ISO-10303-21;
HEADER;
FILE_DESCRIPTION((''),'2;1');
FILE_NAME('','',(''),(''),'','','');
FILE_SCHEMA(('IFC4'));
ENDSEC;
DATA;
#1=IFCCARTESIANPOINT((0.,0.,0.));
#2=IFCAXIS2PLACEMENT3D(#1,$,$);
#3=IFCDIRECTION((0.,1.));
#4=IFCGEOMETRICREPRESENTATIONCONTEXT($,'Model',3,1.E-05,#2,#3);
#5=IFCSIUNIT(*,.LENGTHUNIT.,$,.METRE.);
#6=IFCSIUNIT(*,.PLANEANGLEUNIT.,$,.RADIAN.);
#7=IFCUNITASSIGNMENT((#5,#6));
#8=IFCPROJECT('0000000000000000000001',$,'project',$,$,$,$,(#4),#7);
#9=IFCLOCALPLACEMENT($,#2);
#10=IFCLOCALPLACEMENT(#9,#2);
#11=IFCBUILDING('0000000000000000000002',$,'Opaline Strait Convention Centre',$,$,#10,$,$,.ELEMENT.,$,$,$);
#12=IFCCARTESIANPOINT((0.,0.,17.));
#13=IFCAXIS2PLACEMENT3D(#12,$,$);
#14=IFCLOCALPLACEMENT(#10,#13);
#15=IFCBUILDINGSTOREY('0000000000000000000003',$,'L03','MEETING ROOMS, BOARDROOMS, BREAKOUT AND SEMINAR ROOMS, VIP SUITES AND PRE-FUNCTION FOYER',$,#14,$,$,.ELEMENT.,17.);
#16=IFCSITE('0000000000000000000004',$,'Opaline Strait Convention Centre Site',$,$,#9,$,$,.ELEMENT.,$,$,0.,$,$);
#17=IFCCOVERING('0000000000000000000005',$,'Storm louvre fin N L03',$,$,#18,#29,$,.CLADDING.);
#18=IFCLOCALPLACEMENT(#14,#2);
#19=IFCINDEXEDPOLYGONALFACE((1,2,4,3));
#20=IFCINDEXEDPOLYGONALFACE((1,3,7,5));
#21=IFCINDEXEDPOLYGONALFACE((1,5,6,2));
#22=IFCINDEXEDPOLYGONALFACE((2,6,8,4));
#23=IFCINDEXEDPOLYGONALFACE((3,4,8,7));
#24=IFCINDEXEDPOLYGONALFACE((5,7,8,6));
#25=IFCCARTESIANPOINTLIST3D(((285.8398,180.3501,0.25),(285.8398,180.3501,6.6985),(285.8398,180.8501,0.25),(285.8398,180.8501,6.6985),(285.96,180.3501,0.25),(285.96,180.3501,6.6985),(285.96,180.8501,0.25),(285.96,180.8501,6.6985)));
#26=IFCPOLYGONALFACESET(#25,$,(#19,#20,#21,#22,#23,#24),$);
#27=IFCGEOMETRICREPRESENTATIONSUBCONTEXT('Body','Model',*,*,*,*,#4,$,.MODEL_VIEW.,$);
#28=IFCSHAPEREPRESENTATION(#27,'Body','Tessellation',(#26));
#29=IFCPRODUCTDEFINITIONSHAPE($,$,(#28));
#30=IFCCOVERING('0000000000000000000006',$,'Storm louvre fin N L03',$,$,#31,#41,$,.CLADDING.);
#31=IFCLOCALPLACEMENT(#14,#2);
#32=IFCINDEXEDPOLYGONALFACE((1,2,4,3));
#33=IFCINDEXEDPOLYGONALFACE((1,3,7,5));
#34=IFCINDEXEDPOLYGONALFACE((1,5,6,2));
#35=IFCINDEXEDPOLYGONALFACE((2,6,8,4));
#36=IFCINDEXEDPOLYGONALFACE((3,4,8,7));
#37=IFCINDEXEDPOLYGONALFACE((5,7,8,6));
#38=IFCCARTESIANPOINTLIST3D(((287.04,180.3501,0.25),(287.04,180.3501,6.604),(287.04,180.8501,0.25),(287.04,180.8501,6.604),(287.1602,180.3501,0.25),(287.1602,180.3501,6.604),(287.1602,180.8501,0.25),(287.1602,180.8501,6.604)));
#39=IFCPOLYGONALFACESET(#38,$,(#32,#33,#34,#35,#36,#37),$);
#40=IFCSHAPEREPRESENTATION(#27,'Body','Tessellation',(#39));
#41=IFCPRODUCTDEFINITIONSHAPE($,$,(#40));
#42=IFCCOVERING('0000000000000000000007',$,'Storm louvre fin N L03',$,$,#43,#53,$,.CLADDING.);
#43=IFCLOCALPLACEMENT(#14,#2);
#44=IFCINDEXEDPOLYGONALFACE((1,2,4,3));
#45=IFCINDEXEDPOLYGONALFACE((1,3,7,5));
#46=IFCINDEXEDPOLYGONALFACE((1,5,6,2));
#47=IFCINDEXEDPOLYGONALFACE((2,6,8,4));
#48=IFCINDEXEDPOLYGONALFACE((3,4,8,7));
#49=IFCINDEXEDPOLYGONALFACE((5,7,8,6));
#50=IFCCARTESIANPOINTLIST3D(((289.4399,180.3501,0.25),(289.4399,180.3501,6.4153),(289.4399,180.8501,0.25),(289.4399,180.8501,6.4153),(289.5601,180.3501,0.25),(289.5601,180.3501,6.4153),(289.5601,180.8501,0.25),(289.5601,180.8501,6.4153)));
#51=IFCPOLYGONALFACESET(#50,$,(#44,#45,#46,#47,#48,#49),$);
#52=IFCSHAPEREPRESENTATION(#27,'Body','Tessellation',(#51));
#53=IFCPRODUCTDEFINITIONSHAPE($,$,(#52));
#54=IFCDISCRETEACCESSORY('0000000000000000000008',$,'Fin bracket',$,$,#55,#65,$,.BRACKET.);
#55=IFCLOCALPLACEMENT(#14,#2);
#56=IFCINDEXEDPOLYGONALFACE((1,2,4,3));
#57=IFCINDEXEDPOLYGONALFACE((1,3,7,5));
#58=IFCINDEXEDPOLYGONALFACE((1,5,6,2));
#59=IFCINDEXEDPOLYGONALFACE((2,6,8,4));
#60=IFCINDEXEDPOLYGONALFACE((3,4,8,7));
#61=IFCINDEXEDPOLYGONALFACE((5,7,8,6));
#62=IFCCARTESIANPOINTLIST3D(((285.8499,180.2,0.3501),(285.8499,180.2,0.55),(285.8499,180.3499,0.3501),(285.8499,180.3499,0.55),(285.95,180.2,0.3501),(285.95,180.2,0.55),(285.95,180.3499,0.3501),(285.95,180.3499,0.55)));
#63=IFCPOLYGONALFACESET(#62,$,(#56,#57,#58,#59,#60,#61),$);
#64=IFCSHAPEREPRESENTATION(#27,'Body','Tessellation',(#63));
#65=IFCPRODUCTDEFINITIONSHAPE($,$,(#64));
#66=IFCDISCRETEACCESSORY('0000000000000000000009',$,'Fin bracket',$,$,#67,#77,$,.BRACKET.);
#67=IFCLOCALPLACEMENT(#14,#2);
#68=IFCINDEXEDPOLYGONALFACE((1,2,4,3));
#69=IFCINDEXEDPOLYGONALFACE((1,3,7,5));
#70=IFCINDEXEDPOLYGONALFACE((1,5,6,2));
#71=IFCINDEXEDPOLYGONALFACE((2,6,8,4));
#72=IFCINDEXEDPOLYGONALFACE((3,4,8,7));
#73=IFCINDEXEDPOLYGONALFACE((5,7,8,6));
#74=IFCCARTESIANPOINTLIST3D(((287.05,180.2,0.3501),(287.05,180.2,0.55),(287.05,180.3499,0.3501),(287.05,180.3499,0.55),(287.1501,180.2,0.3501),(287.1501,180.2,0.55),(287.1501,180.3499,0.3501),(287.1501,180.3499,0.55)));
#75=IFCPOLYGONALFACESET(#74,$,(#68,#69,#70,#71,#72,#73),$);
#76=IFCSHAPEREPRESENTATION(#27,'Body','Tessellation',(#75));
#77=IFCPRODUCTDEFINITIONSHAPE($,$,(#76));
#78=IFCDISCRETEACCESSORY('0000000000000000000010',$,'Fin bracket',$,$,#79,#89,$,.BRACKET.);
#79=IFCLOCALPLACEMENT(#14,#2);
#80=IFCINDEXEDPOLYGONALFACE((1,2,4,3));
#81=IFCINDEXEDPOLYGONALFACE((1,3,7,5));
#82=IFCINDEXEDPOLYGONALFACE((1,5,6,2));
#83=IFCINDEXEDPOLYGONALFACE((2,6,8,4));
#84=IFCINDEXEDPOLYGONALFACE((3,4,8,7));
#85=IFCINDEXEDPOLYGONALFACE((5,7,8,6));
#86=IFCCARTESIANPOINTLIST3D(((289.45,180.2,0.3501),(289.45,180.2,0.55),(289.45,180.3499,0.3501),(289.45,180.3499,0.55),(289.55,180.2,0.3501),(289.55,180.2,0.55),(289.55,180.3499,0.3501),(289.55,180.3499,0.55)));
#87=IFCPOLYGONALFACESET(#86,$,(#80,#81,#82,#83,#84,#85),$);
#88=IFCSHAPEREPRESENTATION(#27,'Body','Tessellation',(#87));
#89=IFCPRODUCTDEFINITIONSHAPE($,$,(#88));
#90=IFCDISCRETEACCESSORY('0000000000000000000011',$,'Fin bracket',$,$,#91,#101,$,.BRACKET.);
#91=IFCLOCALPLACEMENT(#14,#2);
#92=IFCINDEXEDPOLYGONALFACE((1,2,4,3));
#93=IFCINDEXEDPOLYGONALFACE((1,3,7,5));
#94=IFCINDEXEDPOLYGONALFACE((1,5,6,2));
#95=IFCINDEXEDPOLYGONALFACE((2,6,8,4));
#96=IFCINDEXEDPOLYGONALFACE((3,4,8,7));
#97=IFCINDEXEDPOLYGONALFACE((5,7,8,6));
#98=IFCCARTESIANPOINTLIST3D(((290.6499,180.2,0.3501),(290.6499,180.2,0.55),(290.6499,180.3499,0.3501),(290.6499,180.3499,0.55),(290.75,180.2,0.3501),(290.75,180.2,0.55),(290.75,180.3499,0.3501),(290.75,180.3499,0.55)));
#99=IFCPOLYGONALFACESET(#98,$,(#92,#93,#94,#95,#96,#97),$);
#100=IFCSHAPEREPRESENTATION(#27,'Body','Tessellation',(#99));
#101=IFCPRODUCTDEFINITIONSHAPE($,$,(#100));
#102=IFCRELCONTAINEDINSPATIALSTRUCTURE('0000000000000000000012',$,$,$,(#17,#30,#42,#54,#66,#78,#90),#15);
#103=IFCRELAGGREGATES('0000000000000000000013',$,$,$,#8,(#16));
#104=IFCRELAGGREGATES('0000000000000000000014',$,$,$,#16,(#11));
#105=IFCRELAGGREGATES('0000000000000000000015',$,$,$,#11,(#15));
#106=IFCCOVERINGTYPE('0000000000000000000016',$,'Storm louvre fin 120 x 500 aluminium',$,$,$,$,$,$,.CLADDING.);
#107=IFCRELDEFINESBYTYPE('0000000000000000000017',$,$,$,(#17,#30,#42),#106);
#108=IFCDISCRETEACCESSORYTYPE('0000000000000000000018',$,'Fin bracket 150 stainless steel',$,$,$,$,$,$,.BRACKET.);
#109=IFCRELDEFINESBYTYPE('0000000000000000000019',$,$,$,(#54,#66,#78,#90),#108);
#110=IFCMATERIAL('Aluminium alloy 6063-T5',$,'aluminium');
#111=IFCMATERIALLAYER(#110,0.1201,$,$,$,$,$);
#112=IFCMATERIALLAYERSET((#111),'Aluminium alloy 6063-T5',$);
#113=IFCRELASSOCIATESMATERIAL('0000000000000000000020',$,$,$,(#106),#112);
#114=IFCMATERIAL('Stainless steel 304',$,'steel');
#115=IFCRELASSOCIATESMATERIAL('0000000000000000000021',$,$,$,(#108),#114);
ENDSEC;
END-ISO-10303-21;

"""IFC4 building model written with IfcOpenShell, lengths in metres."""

from ifc_helpers import new_model, si_unit, direction, frame, origin, origin_2d, place, context, subcontext, project, spatial, rectangle, extrude, material, layer, layer_set, type_object, element, save


model = new_model("IFC4")

# Units and contexts
model_context = context("Model", 3, precision=1e-05, world=origin(), true_north=direction((0.0, 1.0)))
body_context = subcontext(model_context, "Body", "Model", "MODEL_VIEW")
ifc_project = project(units=[si_unit("LENGTHUNIT", "METRE"), si_unit("PLANEANGLEUNIT", "RADIAN")], contexts=[model_context])

# Site, building, storey
site_placement = place(None, origin())
site = spatial("IfcSite", under=ifc_project, at=site_placement, Name="Opaline Strait Convention Centre Site", CompositionType="ELEMENT", RefElevation=0.0)
building_placement = place(site_placement, origin())
building = spatial("IfcBuilding", under=site, at=building_placement, Name="Opaline Strait Convention Centre", CompositionType="ELEMENT")
storey_placement = place(building_placement, frame((0.0, 0.0, 17.0)))
storey = spatial("IfcBuildingStorey", under=building, at=storey_placement, Name="L03", Description="MEETING ROOMS, BOARDROOMS, BREAKOUT AND SEMINAR ROOMS, VIP SUITES AND PRE-FUNCTION FOYER", CompositionType="ELEMENT", Elevation=17.0)

# Shared definitions
ifc_material_1 = material(Name="Stainless steel 304", Category="steel")

# Coverings
ifc_material_2 = material(Name="Aluminium alloy 6063-T5", Category="aluminium")
ifc_layer_1 = layer(ifc_material_2, 0.1201)
ifc_layer_set_1 = layer_set([ifc_layer_1], Name="Aluminium alloy 6063-T5")
covering_type = type_object("IfcCoveringType", Name="Storm louvre fin 120 x 500 aluminium", PredefinedType="CLADDING", material=ifc_layer_set_1)
covering_1_placement = place(storey_placement, frame((285.8999, 180.6001, 0.25), z_axis=(0.0, 0.0, 1.0), x_axis=(1.0, 0.0, 0.0)))
element("IfcCovering", 1, at=covering_1_placement, inside=storey, type_object=covering_type, Name="Storm louvre fin N L03", PredefinedType="CLADDING", context=body_context, shape_type="SweptSolid", body=[
    extrude(rectangle(XDim=0.1201, YDim=0.5, at=origin_2d()), origin(), (0.0, 0.0, 1.0), 6.4485),
])
covering_2_placement = place(storey_placement, frame((287.1001, 180.6001, 0.25), z_axis=(0.0, 0.0, 1.0), x_axis=(1.0, 0.0, 0.0)))
element("IfcCovering", 2, at=covering_2_placement, inside=storey, type_object=covering_type, Name="Storm louvre fin N L03", PredefinedType="CLADDING", context=body_context, shape_type="SweptSolid", body=[
    extrude(rectangle(XDim=0.1201, YDim=0.5, at=origin_2d()), origin(), (0.0, 0.0, 1.0), 6.354),
])
covering_3_placement = place(storey_placement, frame((289.5, 180.6001, 0.25), z_axis=(0.0, 0.0, 1.0), x_axis=(1.0, 0.0, 0.0)))
element("IfcCovering", 3, at=covering_3_placement, inside=storey, type_object=covering_type, Name="Storm louvre fin N L03", PredefinedType="CLADDING", context=body_context, shape_type="SweptSolid", body=[
    extrude(rectangle(XDim=0.1201, YDim=0.5, at=origin_2d()), origin(), (0.0, 0.0, 1.0), 6.1653),
])

# Discrete accessories
discrete_accessory_type = type_object("IfcDiscreteAccessoryType", Name="Fin bracket 150 stainless steel", PredefinedType="BRACKET", material=ifc_material_1)
for number, where, z_axis, x_axis, name in (
    (4, (285.8999, 180.2749, 0.3501), (0.0, 0.0, 1.0), (1.0, 0.0, 0.0), "Fin bracket"),
    (5, (287.1001, 180.2749, 0.3501), (0.0, 0.0, 1.0), (1.0, 0.0, 0.0), "Fin bracket"),
    (6, (289.5, 180.2749, 0.3501), (0.0, 0.0, 1.0), (1.0, 0.0, 0.0), "Fin bracket"),
    (7, (290.7, 180.2749, 0.3501), (0.0, 0.0, 1.0), (1.0, 0.0, 0.0), "Fin bracket"),
):
    element("IfcDiscreteAccessory", number, at=place(storey_placement, frame(where, z_axis=z_axis, x_axis=x_axis)), inside=storey, type_object=discrete_accessory_type, Name=name, PredefinedType="BRACKET", context=body_context, shape_type="SweptSolid", body=[
        extrude(rectangle(XDim=0.1001, YDim=0.1499, at=origin_2d()), origin(), (0.0, 0.0, 1.0), 0.2),
    ])

save(model, "model.ifc")
